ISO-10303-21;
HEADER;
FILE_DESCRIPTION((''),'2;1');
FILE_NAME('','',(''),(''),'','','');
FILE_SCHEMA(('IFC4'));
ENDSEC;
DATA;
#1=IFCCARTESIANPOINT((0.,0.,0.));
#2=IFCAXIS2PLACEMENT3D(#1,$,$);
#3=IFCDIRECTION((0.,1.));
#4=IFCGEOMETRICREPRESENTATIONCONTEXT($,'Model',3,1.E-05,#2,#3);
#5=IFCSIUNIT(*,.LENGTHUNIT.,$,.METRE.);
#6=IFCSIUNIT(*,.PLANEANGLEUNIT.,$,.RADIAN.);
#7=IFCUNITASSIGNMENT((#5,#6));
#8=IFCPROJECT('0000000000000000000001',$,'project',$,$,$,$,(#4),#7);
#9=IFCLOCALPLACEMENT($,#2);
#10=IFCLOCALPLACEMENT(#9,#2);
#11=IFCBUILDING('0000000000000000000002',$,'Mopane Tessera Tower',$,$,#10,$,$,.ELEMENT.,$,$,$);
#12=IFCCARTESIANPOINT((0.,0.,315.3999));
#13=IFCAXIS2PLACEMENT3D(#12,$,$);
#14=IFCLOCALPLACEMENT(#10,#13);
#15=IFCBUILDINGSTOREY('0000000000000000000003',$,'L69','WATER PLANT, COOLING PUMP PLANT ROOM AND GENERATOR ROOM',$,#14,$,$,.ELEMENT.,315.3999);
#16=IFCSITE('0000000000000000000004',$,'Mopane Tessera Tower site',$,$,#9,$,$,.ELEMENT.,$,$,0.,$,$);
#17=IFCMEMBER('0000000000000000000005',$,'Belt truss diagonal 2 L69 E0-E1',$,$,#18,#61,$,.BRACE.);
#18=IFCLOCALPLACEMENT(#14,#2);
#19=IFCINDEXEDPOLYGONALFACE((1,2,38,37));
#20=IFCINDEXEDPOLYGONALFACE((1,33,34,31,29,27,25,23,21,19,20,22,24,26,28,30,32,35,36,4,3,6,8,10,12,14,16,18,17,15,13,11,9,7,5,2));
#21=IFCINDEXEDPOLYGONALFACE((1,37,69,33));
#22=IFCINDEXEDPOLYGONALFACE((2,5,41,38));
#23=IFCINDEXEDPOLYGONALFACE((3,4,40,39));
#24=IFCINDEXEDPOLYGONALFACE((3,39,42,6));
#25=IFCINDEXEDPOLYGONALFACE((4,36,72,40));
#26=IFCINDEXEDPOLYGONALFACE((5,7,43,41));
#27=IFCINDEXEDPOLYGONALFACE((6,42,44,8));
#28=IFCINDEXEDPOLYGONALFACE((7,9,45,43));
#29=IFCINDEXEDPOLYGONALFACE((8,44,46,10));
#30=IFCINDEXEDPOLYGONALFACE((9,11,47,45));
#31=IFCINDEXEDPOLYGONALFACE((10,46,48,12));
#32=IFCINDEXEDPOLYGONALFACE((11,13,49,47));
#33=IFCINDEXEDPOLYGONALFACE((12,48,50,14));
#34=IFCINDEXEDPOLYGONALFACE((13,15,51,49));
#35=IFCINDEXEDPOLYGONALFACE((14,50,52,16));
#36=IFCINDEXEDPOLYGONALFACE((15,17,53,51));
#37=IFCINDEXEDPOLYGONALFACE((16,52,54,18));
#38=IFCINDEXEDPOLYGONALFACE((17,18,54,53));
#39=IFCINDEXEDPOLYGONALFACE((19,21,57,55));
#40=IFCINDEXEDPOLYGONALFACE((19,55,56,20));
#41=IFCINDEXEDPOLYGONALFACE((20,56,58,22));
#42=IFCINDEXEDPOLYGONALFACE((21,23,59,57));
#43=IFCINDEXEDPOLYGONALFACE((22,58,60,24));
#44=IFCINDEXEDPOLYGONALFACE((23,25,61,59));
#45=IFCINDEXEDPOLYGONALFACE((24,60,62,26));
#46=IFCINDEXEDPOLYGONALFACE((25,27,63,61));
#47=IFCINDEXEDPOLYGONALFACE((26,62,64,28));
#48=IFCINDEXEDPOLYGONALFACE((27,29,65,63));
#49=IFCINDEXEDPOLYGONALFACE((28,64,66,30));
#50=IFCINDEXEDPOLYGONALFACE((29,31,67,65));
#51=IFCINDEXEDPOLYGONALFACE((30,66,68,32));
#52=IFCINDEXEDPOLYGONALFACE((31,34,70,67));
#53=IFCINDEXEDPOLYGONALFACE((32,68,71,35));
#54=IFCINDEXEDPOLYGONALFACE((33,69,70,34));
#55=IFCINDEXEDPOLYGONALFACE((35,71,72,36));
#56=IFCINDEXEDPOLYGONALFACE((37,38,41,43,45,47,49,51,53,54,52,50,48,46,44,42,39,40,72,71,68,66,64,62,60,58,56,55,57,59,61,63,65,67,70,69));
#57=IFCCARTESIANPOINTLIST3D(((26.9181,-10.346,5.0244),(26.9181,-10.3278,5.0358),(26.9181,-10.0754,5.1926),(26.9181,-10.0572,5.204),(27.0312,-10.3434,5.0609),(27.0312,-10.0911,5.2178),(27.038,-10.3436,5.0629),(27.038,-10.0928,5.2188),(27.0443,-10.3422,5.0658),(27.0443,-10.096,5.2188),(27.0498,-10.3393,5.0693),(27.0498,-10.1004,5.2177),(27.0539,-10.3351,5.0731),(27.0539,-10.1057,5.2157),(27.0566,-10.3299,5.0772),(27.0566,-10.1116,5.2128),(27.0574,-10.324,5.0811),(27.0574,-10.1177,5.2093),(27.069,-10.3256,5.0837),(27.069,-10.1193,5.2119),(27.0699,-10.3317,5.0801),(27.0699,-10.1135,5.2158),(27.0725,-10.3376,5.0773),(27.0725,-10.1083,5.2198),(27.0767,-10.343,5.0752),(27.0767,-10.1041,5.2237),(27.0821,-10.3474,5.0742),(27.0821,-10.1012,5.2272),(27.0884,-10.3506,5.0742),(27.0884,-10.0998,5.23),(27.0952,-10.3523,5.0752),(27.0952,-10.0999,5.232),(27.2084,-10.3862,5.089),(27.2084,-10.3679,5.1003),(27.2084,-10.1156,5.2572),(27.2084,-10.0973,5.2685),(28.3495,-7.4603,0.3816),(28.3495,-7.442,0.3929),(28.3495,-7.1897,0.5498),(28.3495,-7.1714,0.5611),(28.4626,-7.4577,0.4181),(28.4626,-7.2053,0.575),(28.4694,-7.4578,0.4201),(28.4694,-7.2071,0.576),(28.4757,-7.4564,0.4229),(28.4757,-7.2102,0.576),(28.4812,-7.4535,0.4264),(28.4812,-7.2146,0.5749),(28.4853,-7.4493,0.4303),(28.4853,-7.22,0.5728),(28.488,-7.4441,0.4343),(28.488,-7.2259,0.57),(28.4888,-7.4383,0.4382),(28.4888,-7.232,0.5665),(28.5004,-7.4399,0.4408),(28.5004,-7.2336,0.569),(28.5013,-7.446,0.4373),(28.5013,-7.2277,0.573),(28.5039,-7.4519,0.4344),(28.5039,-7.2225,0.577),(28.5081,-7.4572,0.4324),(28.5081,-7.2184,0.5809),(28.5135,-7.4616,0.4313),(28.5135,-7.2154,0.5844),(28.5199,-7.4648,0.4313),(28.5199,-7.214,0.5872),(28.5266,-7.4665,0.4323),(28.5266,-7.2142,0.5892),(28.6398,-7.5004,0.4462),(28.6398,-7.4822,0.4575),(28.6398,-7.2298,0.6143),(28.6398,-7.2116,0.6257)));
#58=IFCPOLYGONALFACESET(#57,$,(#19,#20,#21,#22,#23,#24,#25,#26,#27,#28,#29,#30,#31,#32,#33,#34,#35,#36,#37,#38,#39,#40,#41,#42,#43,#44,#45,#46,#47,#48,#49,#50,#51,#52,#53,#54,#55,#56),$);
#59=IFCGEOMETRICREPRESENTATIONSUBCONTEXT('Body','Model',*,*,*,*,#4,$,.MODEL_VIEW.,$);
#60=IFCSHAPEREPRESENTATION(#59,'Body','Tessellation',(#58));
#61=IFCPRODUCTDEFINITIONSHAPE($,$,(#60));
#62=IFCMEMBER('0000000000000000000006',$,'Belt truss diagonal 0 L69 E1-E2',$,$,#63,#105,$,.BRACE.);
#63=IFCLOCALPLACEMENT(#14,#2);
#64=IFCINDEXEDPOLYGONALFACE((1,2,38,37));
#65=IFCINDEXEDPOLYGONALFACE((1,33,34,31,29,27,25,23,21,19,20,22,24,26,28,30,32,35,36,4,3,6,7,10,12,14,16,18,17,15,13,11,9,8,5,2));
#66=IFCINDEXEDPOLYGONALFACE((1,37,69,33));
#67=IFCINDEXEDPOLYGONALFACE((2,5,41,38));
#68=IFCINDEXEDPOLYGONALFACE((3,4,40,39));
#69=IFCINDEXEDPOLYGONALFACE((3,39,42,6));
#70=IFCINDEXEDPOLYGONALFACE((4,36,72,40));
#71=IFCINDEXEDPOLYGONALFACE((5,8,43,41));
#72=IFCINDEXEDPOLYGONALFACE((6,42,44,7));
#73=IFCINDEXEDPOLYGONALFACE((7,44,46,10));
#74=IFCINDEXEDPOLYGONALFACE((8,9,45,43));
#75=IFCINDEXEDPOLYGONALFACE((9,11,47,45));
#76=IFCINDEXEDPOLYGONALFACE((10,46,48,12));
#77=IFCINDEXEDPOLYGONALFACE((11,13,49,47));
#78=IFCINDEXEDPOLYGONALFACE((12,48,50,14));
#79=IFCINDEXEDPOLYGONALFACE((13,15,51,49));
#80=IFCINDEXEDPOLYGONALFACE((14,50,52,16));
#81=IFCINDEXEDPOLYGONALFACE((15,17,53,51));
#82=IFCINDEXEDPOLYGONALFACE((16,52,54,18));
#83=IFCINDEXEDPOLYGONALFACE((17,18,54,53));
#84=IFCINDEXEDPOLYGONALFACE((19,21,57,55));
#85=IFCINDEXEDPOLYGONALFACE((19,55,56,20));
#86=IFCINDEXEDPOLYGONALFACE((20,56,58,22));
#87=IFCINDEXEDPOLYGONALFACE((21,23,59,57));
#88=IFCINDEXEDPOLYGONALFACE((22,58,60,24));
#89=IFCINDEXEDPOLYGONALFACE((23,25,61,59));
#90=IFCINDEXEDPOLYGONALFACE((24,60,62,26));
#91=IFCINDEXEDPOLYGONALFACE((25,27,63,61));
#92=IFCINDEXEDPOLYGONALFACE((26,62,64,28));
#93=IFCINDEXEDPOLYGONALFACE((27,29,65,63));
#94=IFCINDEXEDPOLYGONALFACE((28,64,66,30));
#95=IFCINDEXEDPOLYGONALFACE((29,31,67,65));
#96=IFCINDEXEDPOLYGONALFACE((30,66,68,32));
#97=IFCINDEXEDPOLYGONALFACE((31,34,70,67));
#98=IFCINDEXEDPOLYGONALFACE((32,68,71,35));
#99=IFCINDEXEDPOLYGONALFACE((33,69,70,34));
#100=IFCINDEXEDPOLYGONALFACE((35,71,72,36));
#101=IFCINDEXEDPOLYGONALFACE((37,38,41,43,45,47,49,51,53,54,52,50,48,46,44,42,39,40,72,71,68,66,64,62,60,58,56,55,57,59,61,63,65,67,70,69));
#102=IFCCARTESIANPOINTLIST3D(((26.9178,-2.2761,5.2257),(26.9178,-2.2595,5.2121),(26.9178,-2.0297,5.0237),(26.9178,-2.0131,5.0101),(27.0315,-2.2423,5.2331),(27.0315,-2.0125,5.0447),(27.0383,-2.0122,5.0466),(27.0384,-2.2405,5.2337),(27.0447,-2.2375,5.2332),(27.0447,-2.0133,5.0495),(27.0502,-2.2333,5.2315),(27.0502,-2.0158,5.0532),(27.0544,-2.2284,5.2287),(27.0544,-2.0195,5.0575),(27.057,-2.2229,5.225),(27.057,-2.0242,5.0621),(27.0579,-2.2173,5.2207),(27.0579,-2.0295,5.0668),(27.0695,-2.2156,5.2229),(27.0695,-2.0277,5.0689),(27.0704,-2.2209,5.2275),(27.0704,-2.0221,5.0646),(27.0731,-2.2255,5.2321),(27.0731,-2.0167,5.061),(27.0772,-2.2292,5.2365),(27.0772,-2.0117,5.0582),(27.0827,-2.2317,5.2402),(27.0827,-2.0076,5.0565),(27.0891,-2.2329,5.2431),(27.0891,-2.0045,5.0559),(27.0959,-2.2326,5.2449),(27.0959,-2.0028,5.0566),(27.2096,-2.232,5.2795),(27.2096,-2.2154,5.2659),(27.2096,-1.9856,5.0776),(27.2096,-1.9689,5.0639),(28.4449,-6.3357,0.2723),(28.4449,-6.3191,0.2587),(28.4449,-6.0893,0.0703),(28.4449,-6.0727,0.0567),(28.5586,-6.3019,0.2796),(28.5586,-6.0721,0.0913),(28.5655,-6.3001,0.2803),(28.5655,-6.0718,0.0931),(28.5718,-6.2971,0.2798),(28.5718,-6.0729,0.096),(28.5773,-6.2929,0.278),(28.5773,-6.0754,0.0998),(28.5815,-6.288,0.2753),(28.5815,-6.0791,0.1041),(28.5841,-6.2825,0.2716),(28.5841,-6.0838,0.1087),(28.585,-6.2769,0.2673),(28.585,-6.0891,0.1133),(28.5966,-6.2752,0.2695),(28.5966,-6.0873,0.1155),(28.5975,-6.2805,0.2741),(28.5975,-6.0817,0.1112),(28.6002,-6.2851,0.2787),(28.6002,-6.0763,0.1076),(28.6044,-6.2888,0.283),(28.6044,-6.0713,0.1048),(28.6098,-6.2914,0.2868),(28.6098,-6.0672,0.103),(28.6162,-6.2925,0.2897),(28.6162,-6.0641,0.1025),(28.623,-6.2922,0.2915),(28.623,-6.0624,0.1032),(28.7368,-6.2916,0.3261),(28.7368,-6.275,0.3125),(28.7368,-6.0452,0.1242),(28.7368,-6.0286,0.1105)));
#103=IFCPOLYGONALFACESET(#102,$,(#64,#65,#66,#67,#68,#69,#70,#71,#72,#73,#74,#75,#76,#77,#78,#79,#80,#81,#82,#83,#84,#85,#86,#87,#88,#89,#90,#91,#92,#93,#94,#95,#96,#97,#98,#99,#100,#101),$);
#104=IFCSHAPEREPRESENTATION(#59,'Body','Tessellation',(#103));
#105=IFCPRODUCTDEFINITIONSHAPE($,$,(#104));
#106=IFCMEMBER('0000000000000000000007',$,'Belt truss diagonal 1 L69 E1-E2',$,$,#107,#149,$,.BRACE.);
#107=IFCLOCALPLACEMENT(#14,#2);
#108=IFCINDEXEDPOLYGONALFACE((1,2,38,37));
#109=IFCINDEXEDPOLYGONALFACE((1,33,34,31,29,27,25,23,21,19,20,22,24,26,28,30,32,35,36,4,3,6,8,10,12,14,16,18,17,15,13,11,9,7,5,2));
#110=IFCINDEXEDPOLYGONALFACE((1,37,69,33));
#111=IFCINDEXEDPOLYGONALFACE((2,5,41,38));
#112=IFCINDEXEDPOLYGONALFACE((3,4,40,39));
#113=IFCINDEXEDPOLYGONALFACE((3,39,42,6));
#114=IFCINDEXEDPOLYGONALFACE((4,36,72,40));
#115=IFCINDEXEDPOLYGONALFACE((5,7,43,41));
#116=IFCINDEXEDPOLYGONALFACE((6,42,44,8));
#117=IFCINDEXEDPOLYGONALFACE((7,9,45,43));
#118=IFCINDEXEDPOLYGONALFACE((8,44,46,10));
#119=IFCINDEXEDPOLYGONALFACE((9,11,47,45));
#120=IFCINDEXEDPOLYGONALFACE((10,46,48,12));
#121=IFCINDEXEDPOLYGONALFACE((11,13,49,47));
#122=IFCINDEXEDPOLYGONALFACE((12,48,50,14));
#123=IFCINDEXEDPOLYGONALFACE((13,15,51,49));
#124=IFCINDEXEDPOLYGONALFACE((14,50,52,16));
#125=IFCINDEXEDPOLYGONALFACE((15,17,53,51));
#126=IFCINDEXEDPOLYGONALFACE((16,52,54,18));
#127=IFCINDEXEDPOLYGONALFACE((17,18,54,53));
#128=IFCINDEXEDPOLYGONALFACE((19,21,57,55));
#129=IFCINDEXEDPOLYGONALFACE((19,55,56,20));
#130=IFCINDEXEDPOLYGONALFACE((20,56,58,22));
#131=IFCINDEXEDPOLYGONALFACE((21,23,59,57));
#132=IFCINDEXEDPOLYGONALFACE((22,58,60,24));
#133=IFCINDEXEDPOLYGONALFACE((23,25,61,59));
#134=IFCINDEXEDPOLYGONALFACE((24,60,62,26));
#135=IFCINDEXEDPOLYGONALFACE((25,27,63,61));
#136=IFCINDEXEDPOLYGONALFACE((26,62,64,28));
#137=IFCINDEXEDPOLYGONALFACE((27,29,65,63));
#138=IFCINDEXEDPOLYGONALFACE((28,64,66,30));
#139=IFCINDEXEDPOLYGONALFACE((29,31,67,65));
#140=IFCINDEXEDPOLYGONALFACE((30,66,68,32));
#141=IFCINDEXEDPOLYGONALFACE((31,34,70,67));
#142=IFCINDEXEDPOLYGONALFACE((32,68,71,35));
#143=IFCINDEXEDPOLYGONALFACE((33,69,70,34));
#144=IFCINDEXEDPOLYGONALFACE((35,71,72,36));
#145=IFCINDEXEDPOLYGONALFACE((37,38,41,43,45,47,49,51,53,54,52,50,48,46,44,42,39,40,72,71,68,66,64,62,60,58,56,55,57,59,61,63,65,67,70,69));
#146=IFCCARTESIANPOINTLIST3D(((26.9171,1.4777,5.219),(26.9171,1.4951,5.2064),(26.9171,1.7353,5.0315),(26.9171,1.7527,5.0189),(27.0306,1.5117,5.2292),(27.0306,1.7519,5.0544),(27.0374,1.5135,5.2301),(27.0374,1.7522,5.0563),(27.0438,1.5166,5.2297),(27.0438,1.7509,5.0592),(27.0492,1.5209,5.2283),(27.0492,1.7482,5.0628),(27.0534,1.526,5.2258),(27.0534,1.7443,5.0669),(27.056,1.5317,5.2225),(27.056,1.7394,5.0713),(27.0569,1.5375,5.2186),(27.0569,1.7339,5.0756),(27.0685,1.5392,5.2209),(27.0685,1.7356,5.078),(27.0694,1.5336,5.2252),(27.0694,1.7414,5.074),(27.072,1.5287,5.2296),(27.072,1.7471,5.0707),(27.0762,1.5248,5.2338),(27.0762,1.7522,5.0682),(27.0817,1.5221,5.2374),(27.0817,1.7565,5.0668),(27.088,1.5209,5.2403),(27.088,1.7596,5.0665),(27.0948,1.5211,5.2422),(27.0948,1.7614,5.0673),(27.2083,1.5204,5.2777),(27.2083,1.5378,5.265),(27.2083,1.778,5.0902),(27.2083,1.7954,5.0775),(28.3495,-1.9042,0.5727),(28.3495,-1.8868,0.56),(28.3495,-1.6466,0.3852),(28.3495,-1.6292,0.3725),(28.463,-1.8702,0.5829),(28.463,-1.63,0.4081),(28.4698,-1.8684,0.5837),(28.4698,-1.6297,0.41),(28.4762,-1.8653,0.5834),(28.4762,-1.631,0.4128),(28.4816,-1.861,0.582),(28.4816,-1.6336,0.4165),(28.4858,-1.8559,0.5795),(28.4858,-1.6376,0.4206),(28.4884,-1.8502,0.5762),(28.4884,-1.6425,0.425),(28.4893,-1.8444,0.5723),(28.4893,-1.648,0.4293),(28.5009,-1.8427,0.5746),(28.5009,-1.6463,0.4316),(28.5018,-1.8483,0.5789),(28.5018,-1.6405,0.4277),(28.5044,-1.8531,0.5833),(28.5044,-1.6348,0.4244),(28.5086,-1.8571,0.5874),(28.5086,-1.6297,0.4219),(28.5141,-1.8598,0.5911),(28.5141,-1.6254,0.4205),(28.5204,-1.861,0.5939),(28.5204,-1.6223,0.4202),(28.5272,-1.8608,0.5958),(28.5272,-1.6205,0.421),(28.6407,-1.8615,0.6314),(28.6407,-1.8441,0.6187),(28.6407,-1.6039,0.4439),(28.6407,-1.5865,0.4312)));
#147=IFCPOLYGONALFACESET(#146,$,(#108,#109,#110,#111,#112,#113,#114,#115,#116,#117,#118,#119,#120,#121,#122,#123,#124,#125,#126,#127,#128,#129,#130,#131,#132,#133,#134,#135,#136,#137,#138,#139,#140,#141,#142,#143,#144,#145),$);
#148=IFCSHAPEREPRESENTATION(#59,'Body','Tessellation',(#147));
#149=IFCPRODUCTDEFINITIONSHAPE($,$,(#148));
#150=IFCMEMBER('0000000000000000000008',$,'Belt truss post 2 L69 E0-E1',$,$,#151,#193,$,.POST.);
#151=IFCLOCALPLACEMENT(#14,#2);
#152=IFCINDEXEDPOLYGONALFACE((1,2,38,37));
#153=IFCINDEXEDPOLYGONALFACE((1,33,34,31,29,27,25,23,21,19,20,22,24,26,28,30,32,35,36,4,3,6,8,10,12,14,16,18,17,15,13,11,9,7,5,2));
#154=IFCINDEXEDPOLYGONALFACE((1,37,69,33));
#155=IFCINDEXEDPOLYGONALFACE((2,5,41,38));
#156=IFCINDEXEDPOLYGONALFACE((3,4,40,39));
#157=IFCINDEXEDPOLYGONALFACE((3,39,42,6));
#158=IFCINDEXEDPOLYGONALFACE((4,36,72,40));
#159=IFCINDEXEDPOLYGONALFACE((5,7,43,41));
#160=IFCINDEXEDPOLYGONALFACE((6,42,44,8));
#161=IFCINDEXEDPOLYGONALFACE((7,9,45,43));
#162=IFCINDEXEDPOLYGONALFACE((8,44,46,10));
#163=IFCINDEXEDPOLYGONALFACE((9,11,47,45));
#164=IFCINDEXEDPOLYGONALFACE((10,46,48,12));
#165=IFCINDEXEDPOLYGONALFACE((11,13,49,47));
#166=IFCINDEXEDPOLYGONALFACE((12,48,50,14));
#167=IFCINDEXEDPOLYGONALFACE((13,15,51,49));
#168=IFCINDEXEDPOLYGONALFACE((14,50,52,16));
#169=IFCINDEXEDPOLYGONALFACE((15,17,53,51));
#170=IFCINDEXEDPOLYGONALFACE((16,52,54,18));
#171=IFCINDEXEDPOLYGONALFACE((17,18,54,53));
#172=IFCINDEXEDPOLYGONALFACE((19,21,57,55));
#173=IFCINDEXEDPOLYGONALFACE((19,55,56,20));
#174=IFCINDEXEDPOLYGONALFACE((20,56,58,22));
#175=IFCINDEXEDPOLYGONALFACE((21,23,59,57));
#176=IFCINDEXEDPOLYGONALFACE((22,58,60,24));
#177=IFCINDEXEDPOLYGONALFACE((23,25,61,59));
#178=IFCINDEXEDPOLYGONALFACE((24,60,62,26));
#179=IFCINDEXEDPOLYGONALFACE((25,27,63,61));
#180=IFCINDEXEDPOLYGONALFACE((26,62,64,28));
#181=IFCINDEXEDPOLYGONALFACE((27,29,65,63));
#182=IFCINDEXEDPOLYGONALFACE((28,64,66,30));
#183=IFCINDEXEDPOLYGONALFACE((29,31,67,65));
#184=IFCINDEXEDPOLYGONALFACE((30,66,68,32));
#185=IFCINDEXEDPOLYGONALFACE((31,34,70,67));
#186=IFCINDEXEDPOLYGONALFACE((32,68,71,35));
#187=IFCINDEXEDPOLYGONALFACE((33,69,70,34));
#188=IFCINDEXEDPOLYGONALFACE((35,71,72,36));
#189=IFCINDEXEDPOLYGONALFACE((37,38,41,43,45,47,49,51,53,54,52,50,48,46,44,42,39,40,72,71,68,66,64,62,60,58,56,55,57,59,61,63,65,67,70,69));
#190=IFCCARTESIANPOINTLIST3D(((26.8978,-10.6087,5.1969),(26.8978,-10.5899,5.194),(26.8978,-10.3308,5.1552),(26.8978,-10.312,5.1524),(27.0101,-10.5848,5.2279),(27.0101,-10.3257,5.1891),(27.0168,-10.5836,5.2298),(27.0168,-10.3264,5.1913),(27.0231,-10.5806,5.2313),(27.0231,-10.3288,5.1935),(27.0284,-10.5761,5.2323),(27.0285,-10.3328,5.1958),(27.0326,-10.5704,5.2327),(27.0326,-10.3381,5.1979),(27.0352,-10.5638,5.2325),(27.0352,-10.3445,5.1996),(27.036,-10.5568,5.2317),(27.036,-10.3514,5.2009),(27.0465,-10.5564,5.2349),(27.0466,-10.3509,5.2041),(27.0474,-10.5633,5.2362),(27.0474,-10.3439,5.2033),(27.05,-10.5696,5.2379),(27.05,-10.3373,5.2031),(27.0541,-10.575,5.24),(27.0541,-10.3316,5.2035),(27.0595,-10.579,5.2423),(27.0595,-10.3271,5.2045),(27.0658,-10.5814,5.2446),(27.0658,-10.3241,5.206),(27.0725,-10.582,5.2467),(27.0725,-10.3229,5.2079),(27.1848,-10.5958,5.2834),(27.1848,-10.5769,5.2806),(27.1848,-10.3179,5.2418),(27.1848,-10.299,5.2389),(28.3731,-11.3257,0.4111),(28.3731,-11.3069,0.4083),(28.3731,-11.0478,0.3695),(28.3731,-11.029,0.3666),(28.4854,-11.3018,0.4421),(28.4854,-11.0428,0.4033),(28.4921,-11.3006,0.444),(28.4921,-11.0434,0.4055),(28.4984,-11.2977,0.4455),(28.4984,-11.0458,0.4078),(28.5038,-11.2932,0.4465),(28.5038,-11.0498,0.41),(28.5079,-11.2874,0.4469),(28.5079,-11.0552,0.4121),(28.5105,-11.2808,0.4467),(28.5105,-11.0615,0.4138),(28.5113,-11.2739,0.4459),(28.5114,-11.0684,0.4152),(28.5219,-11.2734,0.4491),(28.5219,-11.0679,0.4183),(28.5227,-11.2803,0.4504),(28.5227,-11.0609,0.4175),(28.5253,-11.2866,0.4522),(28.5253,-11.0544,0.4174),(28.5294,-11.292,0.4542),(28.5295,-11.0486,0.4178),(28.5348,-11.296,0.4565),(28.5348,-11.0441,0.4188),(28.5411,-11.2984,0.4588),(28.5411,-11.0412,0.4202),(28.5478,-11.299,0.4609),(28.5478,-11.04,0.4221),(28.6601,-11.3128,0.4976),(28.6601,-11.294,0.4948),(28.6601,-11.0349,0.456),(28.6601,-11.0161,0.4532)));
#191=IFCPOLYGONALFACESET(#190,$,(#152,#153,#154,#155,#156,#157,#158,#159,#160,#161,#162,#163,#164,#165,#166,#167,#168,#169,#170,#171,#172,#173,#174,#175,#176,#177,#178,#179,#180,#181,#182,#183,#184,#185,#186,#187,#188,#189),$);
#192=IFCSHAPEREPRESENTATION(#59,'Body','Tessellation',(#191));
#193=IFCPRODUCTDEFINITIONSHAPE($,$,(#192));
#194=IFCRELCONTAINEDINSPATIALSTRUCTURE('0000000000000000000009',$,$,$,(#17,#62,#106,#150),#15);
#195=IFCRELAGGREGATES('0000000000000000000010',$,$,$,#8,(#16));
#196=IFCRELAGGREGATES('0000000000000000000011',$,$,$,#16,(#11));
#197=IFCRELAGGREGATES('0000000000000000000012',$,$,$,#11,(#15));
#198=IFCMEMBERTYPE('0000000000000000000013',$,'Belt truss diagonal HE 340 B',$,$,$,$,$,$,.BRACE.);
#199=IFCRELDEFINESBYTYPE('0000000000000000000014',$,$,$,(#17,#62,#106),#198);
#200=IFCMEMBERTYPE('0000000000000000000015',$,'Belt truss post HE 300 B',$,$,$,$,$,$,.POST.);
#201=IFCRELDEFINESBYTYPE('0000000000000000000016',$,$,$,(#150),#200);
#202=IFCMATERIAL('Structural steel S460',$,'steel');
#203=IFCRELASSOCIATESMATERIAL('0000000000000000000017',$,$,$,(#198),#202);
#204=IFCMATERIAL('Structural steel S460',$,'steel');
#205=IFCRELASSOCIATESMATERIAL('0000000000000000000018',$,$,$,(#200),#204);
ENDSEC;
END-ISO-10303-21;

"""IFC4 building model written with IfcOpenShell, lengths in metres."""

from ifc_helpers import new_model, si_unit, direction, frame, origin, origin_2d, place, context, subcontext, project, spatial, i_section, extrude, material, material_profile, profile_set, type_object, element, save


model = new_model("IFC4")

# Units and contexts
model_context = context("Model", 3, precision=1e-05, world=origin(), true_north=direction((0.0, 1.0)))
body_context = subcontext(model_context, "Body", "Model", "MODEL_VIEW")
ifc_project = project(units=[si_unit("LENGTHUNIT", "METRE"), si_unit("PLANEANGLEUNIT", "RADIAN")], contexts=[model_context])

# Site, building, storey
site_placement = place(None, origin())
site = spatial("IfcSite", under=ifc_project, at=site_placement, Name="Mopane Tessera Tower site", CompositionType="ELEMENT", RefElevation=0.0)
building_placement = place(site_placement, origin())
building = spatial("IfcBuilding", under=site, at=building_placement, Name="Mopane Tessera Tower", CompositionType="ELEMENT")
storey_placement = place(building_placement, frame((0.0, 0.0, 315.3999)))
storey = spatial("IfcBuildingStorey", under=building, at=storey_placement, Name="L69", Description="WATER PLANT, COOLING PUMP PLANT ROOM AND GENERATOR ROOM", CompositionType="ELEMENT", Elevation=315.3999)

# Members
ifc_material_1 = material(Name="Structural steel S460", Category="steel")
ifc_material_profile_1 = material_profile(ifc_material_1, i_section(OverallWidth=0.3, OverallDepth=0.3401, WebThickness=0.012, FlangeThickness=0.0215, FilletRadius=0.0271, at=origin_2d()))
ifc_profile_set_1 = profile_set([ifc_material_profile_1], Name="Structural steel S460")
member_type_1 = type_object("IfcMemberType", Name="Belt truss diagonal HE 340 B", PredefinedType="BRACE", material=ifc_profile_set_1)
member_1_placement = place(storey_placement, frame((27.0632, -10.2217, 5.1465), z_axis=(0.253306, 0.510673, -0.821614), x_axis=(-0.967386, 0.133718, -0.215136)))
element("IfcMember", 1, at=member_1_placement, inside=storey, type_object=member_type_1, Name="Belt truss diagonal 2 L69 E0-E1", PredefinedType="BRACE", context=body_context, shape_type="SweptSolid", body=[
    extrude(i_section(OverallWidth=0.3, OverallDepth=0.3401, WebThickness=0.012, FlangeThickness=0.0215, FilletRadius=0.0271, at=origin_2d()), origin(), (0.0, 0.0, 1.0), 5.6509),
])
member_2_placement = place(storey_placement, frame((28.5908, -6.1821, 0.1914), z_axis=(-0.231944, 0.616589, 0.752343), x_axis=(-0.972729, -0.147027, -0.179391)))
element("IfcMember", 2, at=member_2_placement, inside=storey, type_object=member_type_1, Name="Belt truss diagonal 0 L69 E1-E2", PredefinedType="BRACE", context=body_context, shape_type="SweptSolid", body=[
    extrude(i_section(OverallWidth=0.3, OverallDepth=0.3401, WebThickness=0.012, FlangeThickness=0.0215, FilletRadius=0.0271, at=origin_2d()), origin(), (0.0, 0.0, 1.0), 6.584),
])
member_3_placement = place(storey_placement, frame((28.4951, -1.7454, 0.502), z_axis=(-0.241853, 0.571015, 0.784506), x_axis=(-0.970313, -0.142322, -0.195543)))
element("IfcMember", 3, at=member_3_placement, inside=storey, type_object=member_type_1, Name="Belt truss diagonal 1 L69 E1-E2", PredefinedType="BRACE", context=body_context, shape_type="SweptSolid", body=[
    extrude(i_section(OverallWidth=0.3, OverallDepth=0.3401, WebThickness=0.012, FlangeThickness=0.0215, FilletRadius=0.0271, at=origin_2d()), origin(), (0.0, 0.0, 1.0), 5.9226),
])
ifc_material_2 = material(Name="Structural steel S460", Category="steel")
ifc_material_profile_2 = material_profile(ifc_material_2, i_section(OverallWidth=0.3, OverallDepth=0.3, WebThickness=0.011, FlangeThickness=0.019, FilletRadius=0.0271, at=origin_2d()))
ifc_profile_set_2 = profile_set([ifc_material_profile_2], Name="Structural steel S460")
member_type_2 = type_object("IfcMemberType", Name="Belt truss post HE 300 B", PredefinedType="POST", material=ifc_profile_set_2)
member_4_placement = place(storey_placement, frame((28.5166, -11.1709, 0.4321), z_axis=(-0.291616, 0.14173, 0.945977), x_axis=(-0.956536, -0.043169, -0.288403)))
element("IfcMember", 4, at=member_4_placement, inside=storey, type_object=member_type_2, Name="Belt truss post 2 L69 E0-E1", PredefinedType="POST", context=body_context, shape_type="SweptSolid", body=[
    extrude(i_section(OverallWidth=0.3, OverallDepth=0.3, WebThickness=0.011, FlangeThickness=0.019, FilletRadius=0.0271, at=origin_2d()), origin(), (0.0, 0.0, 1.0), 5.0591),
])

save(model, "model.ifc")
